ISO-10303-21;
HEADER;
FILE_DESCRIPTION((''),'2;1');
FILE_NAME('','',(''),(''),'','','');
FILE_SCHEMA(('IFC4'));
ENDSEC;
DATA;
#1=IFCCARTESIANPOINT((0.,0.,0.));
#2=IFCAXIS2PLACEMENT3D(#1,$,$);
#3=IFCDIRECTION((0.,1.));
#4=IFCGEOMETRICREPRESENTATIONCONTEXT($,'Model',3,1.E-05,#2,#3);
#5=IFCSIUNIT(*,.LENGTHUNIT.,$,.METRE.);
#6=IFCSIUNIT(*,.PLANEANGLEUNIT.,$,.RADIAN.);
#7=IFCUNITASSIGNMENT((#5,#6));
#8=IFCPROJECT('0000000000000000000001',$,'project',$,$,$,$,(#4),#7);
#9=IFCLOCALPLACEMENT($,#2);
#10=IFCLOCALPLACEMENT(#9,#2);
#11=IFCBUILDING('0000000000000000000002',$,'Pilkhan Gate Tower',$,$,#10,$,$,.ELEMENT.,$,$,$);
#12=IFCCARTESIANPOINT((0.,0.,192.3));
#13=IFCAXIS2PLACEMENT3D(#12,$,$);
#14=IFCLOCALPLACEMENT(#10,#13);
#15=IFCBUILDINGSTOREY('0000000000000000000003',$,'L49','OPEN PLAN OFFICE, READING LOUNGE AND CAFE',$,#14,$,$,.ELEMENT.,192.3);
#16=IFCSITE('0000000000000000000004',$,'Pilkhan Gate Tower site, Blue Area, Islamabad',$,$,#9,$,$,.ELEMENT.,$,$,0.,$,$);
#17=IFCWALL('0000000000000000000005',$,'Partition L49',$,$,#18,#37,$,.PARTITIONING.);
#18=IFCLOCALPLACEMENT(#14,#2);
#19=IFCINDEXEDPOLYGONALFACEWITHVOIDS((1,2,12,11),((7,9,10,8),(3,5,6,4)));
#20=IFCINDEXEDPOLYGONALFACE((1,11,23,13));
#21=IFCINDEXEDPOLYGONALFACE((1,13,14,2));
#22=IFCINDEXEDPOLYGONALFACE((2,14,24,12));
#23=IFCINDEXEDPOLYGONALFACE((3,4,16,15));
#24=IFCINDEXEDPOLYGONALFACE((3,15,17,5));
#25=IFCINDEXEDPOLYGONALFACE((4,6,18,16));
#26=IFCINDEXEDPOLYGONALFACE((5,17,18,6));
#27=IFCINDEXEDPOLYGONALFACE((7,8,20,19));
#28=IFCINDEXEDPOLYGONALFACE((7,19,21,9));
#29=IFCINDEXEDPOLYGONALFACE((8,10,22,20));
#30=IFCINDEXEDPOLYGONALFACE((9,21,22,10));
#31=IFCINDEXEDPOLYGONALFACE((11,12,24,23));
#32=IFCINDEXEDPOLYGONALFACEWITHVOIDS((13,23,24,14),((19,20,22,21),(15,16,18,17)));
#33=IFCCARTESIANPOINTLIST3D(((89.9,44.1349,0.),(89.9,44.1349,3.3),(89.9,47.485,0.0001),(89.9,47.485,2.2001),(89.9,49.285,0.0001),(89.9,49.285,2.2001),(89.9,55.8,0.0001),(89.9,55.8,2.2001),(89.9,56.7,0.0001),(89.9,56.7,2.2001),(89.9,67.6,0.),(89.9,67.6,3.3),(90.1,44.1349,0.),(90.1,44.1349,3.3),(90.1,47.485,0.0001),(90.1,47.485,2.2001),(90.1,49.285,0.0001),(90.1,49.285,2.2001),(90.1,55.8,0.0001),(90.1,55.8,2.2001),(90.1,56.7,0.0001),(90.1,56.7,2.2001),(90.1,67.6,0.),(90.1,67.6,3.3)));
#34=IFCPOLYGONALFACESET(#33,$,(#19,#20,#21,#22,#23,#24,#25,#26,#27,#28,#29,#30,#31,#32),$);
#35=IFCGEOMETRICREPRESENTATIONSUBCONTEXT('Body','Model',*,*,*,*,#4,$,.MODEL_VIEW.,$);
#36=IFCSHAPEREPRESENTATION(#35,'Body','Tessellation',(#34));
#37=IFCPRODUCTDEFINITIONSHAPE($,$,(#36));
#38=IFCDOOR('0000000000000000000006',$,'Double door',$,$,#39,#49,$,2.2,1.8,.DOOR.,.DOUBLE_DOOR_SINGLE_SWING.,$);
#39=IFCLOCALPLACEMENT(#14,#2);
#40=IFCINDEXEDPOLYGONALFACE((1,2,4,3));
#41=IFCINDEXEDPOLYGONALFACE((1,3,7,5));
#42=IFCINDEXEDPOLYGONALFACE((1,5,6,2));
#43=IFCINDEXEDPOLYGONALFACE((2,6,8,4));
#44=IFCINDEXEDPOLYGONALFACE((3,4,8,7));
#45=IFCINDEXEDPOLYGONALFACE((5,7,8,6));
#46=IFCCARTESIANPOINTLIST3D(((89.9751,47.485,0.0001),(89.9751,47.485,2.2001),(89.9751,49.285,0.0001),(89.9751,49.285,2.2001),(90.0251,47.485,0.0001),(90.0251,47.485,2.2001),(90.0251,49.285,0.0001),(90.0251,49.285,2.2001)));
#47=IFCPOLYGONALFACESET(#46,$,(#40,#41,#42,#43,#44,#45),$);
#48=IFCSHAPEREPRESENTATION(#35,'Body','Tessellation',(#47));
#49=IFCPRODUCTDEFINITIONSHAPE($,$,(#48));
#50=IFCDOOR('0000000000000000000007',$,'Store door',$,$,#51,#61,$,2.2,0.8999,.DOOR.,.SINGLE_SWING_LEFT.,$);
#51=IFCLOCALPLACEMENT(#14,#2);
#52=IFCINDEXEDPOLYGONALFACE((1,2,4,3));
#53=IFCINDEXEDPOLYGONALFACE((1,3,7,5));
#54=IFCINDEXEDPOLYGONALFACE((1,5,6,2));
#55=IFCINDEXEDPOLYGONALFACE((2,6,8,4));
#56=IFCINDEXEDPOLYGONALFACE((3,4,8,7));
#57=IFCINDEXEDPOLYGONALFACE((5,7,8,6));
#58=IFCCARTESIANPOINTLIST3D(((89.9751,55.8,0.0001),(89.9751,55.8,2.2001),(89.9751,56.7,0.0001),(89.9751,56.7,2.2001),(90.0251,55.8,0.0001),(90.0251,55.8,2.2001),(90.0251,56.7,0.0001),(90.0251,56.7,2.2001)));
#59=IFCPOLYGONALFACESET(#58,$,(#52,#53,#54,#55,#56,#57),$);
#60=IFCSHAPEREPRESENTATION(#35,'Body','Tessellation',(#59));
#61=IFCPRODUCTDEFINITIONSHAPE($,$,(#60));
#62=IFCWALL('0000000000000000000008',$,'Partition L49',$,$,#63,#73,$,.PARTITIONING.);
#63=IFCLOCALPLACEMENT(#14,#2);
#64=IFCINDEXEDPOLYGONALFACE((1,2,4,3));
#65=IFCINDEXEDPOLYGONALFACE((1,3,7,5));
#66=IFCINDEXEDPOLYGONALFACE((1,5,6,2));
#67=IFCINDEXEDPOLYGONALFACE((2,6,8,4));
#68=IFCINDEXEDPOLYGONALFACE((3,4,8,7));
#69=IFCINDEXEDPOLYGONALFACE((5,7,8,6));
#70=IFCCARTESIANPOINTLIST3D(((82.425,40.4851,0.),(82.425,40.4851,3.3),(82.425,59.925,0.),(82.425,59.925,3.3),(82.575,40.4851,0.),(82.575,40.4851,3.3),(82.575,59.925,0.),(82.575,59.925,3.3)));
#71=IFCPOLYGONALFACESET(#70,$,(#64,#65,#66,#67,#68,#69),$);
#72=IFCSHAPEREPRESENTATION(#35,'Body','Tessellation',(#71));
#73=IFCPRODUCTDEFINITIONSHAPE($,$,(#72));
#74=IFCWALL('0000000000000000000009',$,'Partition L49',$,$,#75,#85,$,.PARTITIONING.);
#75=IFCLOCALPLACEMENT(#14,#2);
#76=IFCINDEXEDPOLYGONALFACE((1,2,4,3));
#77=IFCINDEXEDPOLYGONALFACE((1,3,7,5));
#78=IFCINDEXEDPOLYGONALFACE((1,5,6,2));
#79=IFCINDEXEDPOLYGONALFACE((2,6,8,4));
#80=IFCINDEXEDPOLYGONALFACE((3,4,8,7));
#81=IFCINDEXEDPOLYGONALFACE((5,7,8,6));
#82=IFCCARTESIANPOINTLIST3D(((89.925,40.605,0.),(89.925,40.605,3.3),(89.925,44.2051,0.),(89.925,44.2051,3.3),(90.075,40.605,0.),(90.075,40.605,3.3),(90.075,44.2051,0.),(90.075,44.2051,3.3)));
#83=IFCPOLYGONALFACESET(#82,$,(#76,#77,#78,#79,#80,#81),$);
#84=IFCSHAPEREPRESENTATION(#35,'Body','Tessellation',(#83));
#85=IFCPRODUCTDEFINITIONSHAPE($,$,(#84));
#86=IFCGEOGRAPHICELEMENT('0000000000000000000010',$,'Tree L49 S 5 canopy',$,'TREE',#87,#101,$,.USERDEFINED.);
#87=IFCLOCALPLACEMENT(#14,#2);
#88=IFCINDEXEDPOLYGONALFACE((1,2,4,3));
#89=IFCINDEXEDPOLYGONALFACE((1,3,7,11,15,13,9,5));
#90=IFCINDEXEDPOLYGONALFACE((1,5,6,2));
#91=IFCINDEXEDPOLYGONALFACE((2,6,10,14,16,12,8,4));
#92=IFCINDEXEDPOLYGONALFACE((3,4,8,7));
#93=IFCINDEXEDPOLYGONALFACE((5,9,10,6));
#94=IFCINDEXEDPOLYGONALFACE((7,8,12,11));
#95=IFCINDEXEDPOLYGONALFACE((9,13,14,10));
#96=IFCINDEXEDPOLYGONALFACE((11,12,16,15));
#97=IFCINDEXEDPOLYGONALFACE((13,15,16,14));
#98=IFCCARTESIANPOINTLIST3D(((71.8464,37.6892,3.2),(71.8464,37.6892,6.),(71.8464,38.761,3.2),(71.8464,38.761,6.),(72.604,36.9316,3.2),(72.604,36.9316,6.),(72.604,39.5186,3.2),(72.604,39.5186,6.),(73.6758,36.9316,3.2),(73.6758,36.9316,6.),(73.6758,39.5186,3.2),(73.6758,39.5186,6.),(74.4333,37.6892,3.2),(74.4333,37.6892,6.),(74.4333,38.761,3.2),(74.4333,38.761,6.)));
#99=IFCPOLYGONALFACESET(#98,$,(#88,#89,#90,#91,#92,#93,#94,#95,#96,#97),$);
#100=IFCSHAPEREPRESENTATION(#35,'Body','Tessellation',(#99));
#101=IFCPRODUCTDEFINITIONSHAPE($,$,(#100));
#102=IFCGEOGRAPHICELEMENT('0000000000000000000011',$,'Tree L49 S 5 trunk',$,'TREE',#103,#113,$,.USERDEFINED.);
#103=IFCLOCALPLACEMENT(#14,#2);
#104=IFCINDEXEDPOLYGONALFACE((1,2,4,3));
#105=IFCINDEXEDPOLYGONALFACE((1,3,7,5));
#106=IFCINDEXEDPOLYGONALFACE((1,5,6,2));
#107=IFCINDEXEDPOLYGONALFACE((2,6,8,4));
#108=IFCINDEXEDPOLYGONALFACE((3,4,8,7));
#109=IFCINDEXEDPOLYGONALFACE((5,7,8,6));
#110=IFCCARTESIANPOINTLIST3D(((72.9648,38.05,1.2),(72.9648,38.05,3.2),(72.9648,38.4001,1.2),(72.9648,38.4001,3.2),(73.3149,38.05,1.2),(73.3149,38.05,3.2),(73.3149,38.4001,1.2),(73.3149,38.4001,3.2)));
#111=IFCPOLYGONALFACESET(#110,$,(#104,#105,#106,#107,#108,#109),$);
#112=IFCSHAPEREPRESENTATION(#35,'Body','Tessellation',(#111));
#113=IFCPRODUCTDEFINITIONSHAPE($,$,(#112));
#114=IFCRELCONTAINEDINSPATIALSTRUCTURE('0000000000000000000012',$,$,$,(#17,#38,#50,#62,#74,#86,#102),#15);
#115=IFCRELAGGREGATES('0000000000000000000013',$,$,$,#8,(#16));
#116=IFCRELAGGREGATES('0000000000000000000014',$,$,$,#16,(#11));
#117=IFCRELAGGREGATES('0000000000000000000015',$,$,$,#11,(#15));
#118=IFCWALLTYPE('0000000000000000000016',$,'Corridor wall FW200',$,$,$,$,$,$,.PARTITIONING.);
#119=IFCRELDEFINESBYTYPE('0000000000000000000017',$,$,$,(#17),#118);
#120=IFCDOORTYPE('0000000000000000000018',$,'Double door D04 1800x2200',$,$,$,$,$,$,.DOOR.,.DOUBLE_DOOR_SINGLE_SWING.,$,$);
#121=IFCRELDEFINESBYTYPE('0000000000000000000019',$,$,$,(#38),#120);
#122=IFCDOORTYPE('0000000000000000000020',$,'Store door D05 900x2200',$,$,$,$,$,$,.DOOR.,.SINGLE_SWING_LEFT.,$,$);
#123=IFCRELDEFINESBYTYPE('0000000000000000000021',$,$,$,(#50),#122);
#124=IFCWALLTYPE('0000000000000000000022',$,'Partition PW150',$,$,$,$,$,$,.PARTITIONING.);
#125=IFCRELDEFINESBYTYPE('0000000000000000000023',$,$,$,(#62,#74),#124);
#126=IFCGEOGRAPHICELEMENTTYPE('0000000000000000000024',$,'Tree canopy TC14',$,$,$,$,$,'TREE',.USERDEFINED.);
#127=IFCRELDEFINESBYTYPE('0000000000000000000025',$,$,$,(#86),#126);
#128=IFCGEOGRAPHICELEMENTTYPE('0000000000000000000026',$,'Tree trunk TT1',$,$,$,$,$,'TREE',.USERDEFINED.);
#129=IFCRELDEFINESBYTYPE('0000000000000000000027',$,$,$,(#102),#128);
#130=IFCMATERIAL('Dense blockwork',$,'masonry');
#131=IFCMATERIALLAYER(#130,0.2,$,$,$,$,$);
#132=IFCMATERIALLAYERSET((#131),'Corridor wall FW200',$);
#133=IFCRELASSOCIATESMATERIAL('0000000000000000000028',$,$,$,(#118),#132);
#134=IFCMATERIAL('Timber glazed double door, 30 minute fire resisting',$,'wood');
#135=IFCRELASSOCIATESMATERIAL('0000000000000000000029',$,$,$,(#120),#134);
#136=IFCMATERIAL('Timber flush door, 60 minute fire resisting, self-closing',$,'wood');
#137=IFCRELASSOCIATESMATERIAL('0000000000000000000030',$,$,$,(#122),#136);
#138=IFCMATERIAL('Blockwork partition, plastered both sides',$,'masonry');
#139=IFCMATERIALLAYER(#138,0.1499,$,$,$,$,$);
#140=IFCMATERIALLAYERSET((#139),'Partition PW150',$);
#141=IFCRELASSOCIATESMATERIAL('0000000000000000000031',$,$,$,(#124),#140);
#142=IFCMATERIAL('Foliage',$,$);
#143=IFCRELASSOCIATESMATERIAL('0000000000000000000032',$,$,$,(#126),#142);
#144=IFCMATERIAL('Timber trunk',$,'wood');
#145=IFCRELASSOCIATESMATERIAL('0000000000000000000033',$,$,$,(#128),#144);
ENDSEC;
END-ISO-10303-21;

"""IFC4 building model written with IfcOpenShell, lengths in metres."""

from ifc_helpers import new_model, si_unit, direction, frame, frame_2d, origin, origin_2d, place, context, subcontext, project, spatial, polyline, rectangle, outline, extrude, material, layer, layer_set, material_profile, profile_set, type_object, element, fill, save


model = new_model("IFC4")

# Units and contexts
model_context = context("Model", 3, precision=1e-05, world=origin(), true_north=direction((0.0, 1.0)))
body_context = subcontext(model_context, "Body", "Model", "MODEL_VIEW")
ifc_project = project(units=[si_unit("LENGTHUNIT", "METRE"), si_unit("PLANEANGLEUNIT", "RADIAN")], contexts=[model_context])

# Site, building, storey
site_placement = place(None, origin())
site = spatial("IfcSite", under=ifc_project, at=site_placement, Name="Pilkhan Gate Tower site, Blue Area, Islamabad", CompositionType="ELEMENT", RefElevation=0.0)
building_placement = place(site_placement, origin())
building = spatial("IfcBuilding", under=site, at=building_placement, Name="Pilkhan Gate Tower", CompositionType="ELEMENT")
storey_placement = place(building_placement, frame((0.0, 0.0, 192.3)))
storey = spatial("IfcBuildingStorey", under=building, at=storey_placement, Name="L49", Description="OPEN PLAN OFFICE, READING LOUNGE AND CAFE", CompositionType="ELEMENT", Elevation=192.3)

# Shared definitions
ifc_material_1 = material(Name="Dense blockwork", Category="masonry")
ifc_layer_1 = layer(ifc_material_1, 0.2)
ifc_layer_set_1 = layer_set([ifc_layer_1], Name="Corridor wall FW200")
wall_type_1 = type_object("IfcWallType", Name="Corridor wall FW200", PredefinedType="PARTITIONING", material=ifc_layer_set_1)

# Wall, openings, doors
ifc_material_2 = material(Name="Timber glazed double door, 30 minute fire resisting", Category="wood")
door_type_1 = type_object("IfcDoorType", Name="Double door D04 1800x2200", OperationType="DOUBLE_DOOR_SINGLE_SWING", PredefinedType="DOOR", material=ifc_material_2)
ifc_material_3 = material(Name="Timber flush door, 60 minute fire resisting, self-closing", Category="wood")
door_type_2 = type_object("IfcDoorType", Name="Store door D05 900x2200", OperationType="SINGLE_SWING_LEFT", PredefinedType="DOOR", material=ifc_material_3)
wall_1_placement = place(storey_placement, frame((90.0, 44.135, 0.0), z_axis=(0.0, 0.0, 1.0), x_axis=(0.0, 1.0, 0.0)))
wall_1 = element("IfcWall", 1, at=wall_1_placement, inside=storey, type_object=wall_type_1, Name="Partition L49", PredefinedType="PARTITIONING", context=body_context, shape_type="SweptSolid", body=[
    extrude(rectangle(XDim=23.4651, YDim=0.2, at=frame_2d((11.7324, 0.0))), origin(), (0.0, 0.0, 1.0), 3.3),
])
opening_1_placement = place(wall_1_placement, frame((3.3501, 0.0, 0.0)))
opening_1 = element("IfcOpeningElement", 2, at=opening_1_placement, cuts=wall_1, PredefinedType="OPENING", context=body_context, shape_type="SweptSolid", body=[
    extrude(rectangle(XDim=1.8, YDim=2.2, at=frame_2d((0.8999, 1.1001))), frame((0.0, 0.1099, 0.0), z_axis=(0.0, -1.0, 0.0), x_axis=(1.0, 0.0, 0.0)), (0.0, 0.0, 1.0), 0.22),
])
opening_2_placement = place(wall_1_placement, frame((11.665, 0.0, 0.0)))
opening_2 = element("IfcOpeningElement", 3, at=opening_2_placement, cuts=wall_1, PredefinedType="OPENING", context=body_context, shape_type="SweptSolid", body=[
    extrude(rectangle(XDim=0.8999, YDim=2.2, at=frame_2d((0.45, 1.1001))), frame((0.0, 0.1099, 0.0), z_axis=(0.0, -1.0, 0.0), x_axis=(1.0, 0.0, 0.0)), (0.0, 0.0, 1.0), 0.22),
])
door_1_placement = place(opening_1_placement, origin())
door_1 = element("IfcDoor", 4, at=door_1_placement, inside=storey, type_object=door_type_1, Name="Double door", OperationType="DOUBLE_DOOR_SINGLE_SWING", OverallHeight=2.2, OverallWidth=1.8, PredefinedType="DOOR", context=body_context, shape_type="SweptSolid", body=[
    extrude(rectangle(XDim=1.8, YDim=2.2, at=frame_2d((0.8999, 1.1001))), frame((0.0, 0.0249, 0.0), z_axis=(0.0, -1.0, 0.0), x_axis=(1.0, 0.0, 0.0)), (0.0, 0.0, 1.0), 0.05),
])
fill(opening_1, door_1)
door_2_placement = place(opening_2_placement, origin())
door_2 = element("IfcDoor", 5, at=door_2_placement, inside=storey, type_object=door_type_2, Name="Store door", OperationType="SINGLE_SWING_LEFT", OverallHeight=2.2, OverallWidth=0.8999, PredefinedType="DOOR", context=body_context, shape_type="SweptSolid", body=[
    extrude(rectangle(XDim=0.8999, YDim=2.2, at=frame_2d((0.45, 1.1001))), frame((0.0, 0.0249, 0.0), z_axis=(0.0, -1.0, 0.0), x_axis=(1.0, 0.0, 0.0)), (0.0, 0.0, 1.0), 0.05),
])
fill(opening_2, door_2)

# Walls
ifc_material_4 = material(Name="Blockwork partition, plastered both sides", Category="masonry")
ifc_layer_2 = layer(ifc_material_4, 0.1499)
ifc_layer_set_2 = layer_set([ifc_layer_2], Name="Partition PW150")
wall_type_2 = type_object("IfcWallType", Name="Partition PW150", PredefinedType="PARTITIONING", material=ifc_layer_set_2)
wall_2_placement = place(storey_placement, frame((82.5, 40.4851, 0.0), z_axis=(0.0, 0.0, 1.0), x_axis=(0.0, 1.0, 0.0)))
element("IfcWall", 6, at=wall_2_placement, inside=storey, type_object=wall_type_2, Name="Partition L49", PredefinedType="PARTITIONING", context=body_context, shape_type="SweptSolid", body=[
    extrude(rectangle(XDim=19.4399, YDim=0.1499, at=frame_2d((9.72, 0.0))), origin(), (0.0, 0.0, 1.0), 3.3),
])
wall_3_placement = place(storey_placement, frame((90.0, 40.605, 0.0), z_axis=(0.0, 0.0, 1.0), x_axis=(0.0, 1.0, 0.0)))
element("IfcWall", 7, at=wall_3_placement, inside=storey, type_object=wall_type_2, Name="Partition L49", PredefinedType="PARTITIONING", context=body_context, shape_type="SweptSolid", body=[
    extrude(rectangle(XDim=3.6001, YDim=0.1499, at=frame_2d((1.8, 0.0))), origin(), (0.0, 0.0, 1.0), 3.3),
])

# Geographic elements
ifc_material_5 = material(Name="Foliage")
ifc_material_profile_1 = material_profile(ifc_material_5, outline(polyline([(1.2935, 0.5359), (0.5359, 1.2935), (-0.5359, 1.2935), (-1.2935, 0.5359), (-1.2935, -0.5359), (-0.5359, -1.2935), (0.5359, -1.2935), (1.2935, -0.5359), (1.2935, 0.5359)])), Name="Canopy D2.8")
ifc_profile_set_1 = profile_set([ifc_material_profile_1], Name="Foliage")
geographic_element_type_1 = type_object("IfcGeographicElementType", Name="Tree canopy TC14", ElementType="TREE", PredefinedType="USERDEFINED", material=ifc_profile_set_1)
geographic_element_1_placement = place(storey_placement, frame((73.1399, 38.2251, 3.2), z_axis=(0.0, 0.0, 1.0), x_axis=(1.0, 0.0, 0.0)))
element("IfcGeographicElement", 8, at=geographic_element_1_placement, inside=storey, type_object=geographic_element_type_1, Name="Tree L49 S 5 canopy", ObjectType="TREE", PredefinedType="USERDEFINED", context=body_context, shape_type="SweptSolid", body=[
    extrude(outline(polyline([(1.2935, 0.5359), (0.5359, 1.2935), (-0.5359, 1.2935), (-1.2935, 0.5359), (-1.2935, -0.5359), (-0.5359, -1.2935), (0.5359, -1.2935), (1.2935, -0.5359), (1.2935, 0.5359)])), origin(), (0.0, 0.0, 1.0), 2.8),
])
ifc_material_6 = material(Name="Timber trunk", Category="wood")
geographic_element_type_2 = type_object("IfcGeographicElementType", Name="Tree trunk TT1", ElementType="TREE", PredefinedType="USERDEFINED", material=ifc_material_6)
geographic_element_2_placement = place(storey_placement, frame((73.1399, 38.2251, 1.2), z_axis=(0.0, 0.0, 1.0), x_axis=(1.0, 0.0, 0.0)))
element("IfcGeographicElement", 9, at=geographic_element_2_placement, inside=storey, type_object=geographic_element_type_2, Name="Tree L49 S 5 trunk", ObjectType="TREE", PredefinedType="USERDEFINED", context=body_context, shape_type="SweptSolid", body=[
    extrude(rectangle(XDim=0.3501, YDim=0.3501, at=origin_2d()), origin(), (0.0, 0.0, 1.0), 2.0),
])

save(model, "model.ifc")
